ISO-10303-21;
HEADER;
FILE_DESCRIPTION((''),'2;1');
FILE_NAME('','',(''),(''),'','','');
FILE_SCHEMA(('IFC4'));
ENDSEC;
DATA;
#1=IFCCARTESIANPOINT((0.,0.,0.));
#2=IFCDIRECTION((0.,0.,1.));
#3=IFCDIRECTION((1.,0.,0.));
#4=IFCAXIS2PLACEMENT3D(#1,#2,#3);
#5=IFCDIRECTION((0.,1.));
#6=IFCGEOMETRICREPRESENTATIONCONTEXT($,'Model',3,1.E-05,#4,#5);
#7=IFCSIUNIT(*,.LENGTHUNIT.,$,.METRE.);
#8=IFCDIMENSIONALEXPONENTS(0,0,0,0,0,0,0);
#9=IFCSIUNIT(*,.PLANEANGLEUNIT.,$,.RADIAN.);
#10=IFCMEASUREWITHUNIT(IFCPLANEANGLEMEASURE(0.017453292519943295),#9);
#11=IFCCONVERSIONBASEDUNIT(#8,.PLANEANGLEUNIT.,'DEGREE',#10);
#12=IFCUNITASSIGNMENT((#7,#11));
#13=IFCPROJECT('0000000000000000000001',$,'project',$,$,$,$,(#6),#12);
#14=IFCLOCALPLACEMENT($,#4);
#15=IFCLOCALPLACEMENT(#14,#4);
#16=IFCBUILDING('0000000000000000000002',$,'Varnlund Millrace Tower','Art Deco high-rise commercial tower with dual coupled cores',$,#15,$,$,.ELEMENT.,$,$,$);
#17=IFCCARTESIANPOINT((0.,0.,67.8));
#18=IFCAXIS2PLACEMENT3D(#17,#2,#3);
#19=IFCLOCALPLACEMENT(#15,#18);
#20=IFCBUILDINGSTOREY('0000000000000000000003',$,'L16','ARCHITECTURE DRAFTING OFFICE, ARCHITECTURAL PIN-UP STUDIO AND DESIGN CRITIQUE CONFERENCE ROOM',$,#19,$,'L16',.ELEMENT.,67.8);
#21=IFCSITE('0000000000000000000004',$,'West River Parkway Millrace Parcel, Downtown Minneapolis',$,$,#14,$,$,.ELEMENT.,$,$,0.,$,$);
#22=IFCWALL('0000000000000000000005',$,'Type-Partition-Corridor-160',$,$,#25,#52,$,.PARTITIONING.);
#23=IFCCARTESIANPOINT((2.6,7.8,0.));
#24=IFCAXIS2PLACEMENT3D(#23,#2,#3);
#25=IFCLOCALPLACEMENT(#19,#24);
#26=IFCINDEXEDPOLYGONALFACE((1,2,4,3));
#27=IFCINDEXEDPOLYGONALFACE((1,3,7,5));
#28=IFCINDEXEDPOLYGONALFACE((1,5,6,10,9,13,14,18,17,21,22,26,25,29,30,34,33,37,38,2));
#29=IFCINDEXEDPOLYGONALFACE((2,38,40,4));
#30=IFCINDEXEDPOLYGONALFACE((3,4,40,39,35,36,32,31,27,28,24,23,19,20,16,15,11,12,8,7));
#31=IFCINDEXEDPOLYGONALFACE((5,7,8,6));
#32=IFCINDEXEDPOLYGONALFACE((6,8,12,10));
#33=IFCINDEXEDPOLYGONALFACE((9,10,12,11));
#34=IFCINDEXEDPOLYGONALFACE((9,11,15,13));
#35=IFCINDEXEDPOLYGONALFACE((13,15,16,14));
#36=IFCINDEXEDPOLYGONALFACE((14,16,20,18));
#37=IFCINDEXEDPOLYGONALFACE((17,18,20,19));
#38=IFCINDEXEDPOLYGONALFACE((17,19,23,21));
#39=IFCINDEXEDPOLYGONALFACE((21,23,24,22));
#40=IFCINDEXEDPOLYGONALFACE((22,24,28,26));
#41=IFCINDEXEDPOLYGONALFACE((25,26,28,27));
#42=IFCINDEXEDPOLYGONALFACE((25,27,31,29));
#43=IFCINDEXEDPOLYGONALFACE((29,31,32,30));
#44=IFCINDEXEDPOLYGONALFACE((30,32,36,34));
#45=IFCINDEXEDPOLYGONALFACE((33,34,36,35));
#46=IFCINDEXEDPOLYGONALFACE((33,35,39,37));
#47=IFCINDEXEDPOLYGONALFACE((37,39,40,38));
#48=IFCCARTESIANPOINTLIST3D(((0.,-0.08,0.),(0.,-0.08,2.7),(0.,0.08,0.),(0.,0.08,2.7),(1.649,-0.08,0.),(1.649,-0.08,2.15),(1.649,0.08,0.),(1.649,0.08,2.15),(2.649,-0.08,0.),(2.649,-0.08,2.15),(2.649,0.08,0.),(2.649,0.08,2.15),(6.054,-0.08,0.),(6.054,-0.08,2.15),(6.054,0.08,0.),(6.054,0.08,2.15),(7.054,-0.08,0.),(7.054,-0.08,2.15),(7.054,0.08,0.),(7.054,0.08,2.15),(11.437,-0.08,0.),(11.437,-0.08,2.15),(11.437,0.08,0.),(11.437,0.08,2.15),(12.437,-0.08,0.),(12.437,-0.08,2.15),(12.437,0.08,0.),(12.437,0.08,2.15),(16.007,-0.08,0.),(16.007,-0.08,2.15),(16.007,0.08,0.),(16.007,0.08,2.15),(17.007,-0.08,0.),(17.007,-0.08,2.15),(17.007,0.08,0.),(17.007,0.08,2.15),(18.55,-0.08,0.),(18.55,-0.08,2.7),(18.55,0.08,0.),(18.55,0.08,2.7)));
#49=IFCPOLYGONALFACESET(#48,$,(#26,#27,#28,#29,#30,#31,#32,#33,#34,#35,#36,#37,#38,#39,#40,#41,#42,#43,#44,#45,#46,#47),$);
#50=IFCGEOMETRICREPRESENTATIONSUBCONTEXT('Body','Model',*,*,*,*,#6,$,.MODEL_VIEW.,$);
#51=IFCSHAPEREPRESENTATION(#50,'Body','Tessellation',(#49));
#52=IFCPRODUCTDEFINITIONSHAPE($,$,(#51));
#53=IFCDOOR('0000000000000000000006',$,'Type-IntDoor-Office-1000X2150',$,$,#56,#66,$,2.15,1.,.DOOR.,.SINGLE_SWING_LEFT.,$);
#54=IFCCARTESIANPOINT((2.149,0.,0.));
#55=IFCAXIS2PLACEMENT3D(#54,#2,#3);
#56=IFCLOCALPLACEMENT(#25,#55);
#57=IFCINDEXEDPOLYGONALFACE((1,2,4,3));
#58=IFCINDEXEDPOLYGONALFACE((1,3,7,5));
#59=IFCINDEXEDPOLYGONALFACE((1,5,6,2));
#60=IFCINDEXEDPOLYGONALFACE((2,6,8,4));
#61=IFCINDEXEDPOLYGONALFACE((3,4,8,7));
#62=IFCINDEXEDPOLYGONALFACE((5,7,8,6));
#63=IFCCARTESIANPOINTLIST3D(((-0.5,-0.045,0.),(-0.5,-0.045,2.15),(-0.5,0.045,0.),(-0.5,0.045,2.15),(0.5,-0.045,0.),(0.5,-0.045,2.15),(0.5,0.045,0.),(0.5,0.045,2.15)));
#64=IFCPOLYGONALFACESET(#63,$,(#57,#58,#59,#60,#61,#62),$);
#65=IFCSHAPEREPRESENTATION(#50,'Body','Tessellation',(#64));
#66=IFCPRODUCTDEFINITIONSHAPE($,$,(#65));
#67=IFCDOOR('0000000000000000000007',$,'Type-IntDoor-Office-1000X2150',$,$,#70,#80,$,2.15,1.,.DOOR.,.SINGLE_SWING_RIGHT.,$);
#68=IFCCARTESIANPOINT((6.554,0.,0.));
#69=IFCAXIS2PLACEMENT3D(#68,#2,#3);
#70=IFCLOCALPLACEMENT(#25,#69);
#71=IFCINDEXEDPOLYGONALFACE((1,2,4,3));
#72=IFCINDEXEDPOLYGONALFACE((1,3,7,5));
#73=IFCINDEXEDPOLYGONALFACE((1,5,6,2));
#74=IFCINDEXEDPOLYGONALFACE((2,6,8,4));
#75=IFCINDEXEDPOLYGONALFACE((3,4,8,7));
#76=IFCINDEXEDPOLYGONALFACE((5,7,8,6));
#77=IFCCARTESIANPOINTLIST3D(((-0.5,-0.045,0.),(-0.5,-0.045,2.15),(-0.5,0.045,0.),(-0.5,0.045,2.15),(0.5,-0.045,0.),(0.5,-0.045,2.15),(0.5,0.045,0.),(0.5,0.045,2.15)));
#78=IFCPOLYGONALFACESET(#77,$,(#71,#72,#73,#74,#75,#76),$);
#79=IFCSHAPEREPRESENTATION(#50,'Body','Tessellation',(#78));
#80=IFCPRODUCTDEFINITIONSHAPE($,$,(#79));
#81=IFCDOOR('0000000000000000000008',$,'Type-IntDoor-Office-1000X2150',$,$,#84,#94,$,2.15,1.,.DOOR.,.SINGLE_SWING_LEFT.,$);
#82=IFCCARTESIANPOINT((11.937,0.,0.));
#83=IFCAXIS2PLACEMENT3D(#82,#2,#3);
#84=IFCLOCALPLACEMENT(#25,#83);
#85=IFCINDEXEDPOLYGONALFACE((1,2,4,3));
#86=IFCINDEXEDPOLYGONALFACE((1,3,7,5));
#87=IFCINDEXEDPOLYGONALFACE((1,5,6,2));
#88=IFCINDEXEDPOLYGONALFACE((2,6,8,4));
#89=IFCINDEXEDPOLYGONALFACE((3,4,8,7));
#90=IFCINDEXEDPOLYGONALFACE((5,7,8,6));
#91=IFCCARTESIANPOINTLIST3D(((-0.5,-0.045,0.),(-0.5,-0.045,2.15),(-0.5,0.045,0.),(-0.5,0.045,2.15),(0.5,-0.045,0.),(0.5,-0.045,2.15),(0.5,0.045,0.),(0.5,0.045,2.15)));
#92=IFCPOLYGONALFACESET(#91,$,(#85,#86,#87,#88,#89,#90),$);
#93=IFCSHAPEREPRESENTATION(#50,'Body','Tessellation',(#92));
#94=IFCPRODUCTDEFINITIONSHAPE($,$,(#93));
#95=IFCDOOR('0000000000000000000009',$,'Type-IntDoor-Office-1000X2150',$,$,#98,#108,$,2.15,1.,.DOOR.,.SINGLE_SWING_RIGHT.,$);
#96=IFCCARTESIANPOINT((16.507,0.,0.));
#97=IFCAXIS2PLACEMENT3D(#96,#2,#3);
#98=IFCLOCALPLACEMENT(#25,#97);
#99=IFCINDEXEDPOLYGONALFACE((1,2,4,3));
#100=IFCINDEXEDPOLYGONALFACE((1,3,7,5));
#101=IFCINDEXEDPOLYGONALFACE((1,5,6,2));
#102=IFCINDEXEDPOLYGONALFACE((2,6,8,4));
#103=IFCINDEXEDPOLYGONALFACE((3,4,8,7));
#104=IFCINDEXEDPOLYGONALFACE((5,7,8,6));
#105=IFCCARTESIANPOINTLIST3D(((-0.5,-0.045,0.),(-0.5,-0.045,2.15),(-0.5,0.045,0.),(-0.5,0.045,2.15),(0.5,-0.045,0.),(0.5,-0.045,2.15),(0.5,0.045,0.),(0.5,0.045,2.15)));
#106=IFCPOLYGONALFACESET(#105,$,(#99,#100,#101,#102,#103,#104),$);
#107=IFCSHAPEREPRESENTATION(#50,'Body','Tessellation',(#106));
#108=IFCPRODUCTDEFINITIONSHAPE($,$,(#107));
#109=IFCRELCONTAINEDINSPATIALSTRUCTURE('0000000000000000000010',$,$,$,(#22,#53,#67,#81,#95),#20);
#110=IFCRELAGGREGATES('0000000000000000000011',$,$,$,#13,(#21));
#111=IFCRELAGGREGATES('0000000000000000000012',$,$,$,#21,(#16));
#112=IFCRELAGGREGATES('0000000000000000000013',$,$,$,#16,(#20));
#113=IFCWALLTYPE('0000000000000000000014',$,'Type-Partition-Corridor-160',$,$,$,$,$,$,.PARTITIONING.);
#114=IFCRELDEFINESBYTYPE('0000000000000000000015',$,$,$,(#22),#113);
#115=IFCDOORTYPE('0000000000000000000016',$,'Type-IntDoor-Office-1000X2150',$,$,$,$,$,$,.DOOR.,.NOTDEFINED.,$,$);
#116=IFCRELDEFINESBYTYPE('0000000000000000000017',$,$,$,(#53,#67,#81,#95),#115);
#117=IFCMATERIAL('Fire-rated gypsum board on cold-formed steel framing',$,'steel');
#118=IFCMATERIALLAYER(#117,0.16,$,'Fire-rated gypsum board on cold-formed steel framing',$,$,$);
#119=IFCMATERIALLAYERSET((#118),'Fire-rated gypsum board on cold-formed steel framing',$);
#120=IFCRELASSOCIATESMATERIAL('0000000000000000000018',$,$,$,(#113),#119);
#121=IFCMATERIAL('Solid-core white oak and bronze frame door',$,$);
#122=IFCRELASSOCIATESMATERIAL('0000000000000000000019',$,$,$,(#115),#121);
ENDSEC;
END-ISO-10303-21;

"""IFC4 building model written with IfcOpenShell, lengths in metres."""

from ifc_helpers import new_model, entity, si_unit, converted_unit, direction, frame, origin_with_axes, origin_2d_with_axis, place, context, subcontext, project, spatial, polyline, rectangle, outline, extrude, material, layer, layer_set, type_object, element, fill, save


model = new_model("IFC4")

# Units and contexts
model_context = context("Model", 3, precision=1e-05, world=origin_with_axes(), true_north=direction((0.0, 1.0)))
body_context = subcontext(model_context, "Body", "Model", "MODEL_VIEW")
ifc_project = project(units=[si_unit("LENGTHUNIT", "METRE"), converted_unit("PLANEANGLEUNIT", "DEGREE", entity("IfcPlaneAngleMeasure", 0.017453292519943295), si_unit("PLANEANGLEUNIT", "RADIAN"), dimensions=[0, 0, 0, 0, 0, 0, 0])], contexts=[model_context])

# Site, building, storey
site_placement = place(None, origin_with_axes())
site = spatial("IfcSite", under=ifc_project, at=site_placement, Name="West River Parkway Millrace Parcel, Downtown Minneapolis", CompositionType="ELEMENT", RefElevation=0.0)
building_placement = place(site_placement, origin_with_axes())
building = spatial("IfcBuilding", under=site, at=building_placement, Name="Varnlund Millrace Tower", Description="Art Deco high-rise commercial tower with dual coupled cores", CompositionType="ELEMENT")
storey_placement = place(building_placement, frame((0.0, 0.0, 67.8), z_axis=(0.0, 0.0, 1.0), x_axis=(1.0, 0.0, 0.0)))
storey = spatial("IfcBuildingStorey", under=building, at=storey_placement, Name="L16", Description="ARCHITECTURE DRAFTING OFFICE, ARCHITECTURAL PIN-UP STUDIO AND DESIGN CRITIQUE CONFERENCE ROOM", LongName="L16", CompositionType="ELEMENT", Elevation=67.8)

# Wall, openings, doors
ifc_material_1 = material(Name="Fire-rated gypsum board on cold-formed steel framing", Category="steel")
ifc_layer_1 = layer(ifc_material_1, 0.16, Name="Fire-rated gypsum board on cold-formed steel framing")
ifc_layer_set_1 = layer_set([ifc_layer_1], Name="Fire-rated gypsum board on cold-formed steel framing")
wall_type_1 = type_object("IfcWallType", Name="Type-Partition-Corridor-160", PredefinedType="PARTITIONING", material=ifc_layer_set_1)
wall_1_placement = place(storey_placement, frame((2.6, 7.8, 0.0), z_axis=(0.0, 0.0, 1.0), x_axis=(1.0, 0.0, 0.0)))
wall_1 = element("IfcWall", 1, at=wall_1_placement, inside=storey, type_object=wall_type_1, Name="Type-Partition-Corridor-160", PredefinedType="PARTITIONING", context=body_context, shape_type="SweptSolid", body=[
    extrude(outline(polyline([(0.0, -0.08), (18.55, -0.08), (18.55, 0.08), (0.0, 0.08), (0.0, -0.08)])), origin_with_axes(), (0.0, 0.0, 1.0), 2.7),
])
opening_1_placement = place(wall_1_placement, frame((2.149, 0.0, 0.0), z_axis=(0.0, 0.0, 1.0), x_axis=(1.0, 0.0, 0.0)))
opening_1 = element("IfcOpeningElement", 2, at=opening_1_placement, cuts=wall_1, PredefinedType="OPENING", context=body_context, shape_type="SweptSolid", body=[
    extrude(rectangle(XDim=1.0, YDim=0.18, at=origin_2d_with_axis()), origin_with_axes(), (0.0, 0.0, 1.0), 2.15),
])
opening_2_placement = place(wall_1_placement, frame((6.554, 0.0, 0.0), z_axis=(0.0, 0.0, 1.0), x_axis=(1.0, 0.0, 0.0)))
opening_2 = element("IfcOpeningElement", 3, at=opening_2_placement, cuts=wall_1, PredefinedType="OPENING", context=body_context, shape_type="SweptSolid", body=[
    extrude(rectangle(XDim=1.0, YDim=0.18, at=origin_2d_with_axis()), origin_with_axes(), (0.0, 0.0, 1.0), 2.15),
])
opening_3_placement = place(wall_1_placement, frame((11.937, 0.0, 0.0), z_axis=(0.0, 0.0, 1.0), x_axis=(1.0, 0.0, 0.0)))
opening_3 = element("IfcOpeningElement", 4, at=opening_3_placement, cuts=wall_1, PredefinedType="OPENING", context=body_context, shape_type="SweptSolid", body=[
    extrude(rectangle(XDim=1.0, YDim=0.18, at=origin_2d_with_axis()), origin_with_axes(), (0.0, 0.0, 1.0), 2.15),
])
opening_4_placement = place(wall_1_placement, frame((16.507, 0.0, 0.0), z_axis=(0.0, 0.0, 1.0), x_axis=(1.0, 0.0, 0.0)))
opening_4 = element("IfcOpeningElement", 5, at=opening_4_placement, cuts=wall_1, PredefinedType="OPENING", context=body_context, shape_type="SweptSolid", body=[
    extrude(rectangle(XDim=1.0, YDim=0.18, at=origin_2d_with_axis()), origin_with_axes(), (0.0, 0.0, 1.0), 2.15),
])
ifc_material_2 = material(Name="Solid-core white oak and bronze frame door")
door_type = type_object("IfcDoorType", Name="Type-IntDoor-Office-1000X2150", OperationType="NOTDEFINED", PredefinedType="DOOR", material=ifc_material_2)
door_1_placement = place(wall_1_placement, frame((2.149, 0.0, 0.0), z_axis=(0.0, 0.0, 1.0), x_axis=(1.0, 0.0, 0.0)))
door_1 = element("IfcDoor", 6, at=door_1_placement, inside=storey, type_object=door_type, Name="Type-IntDoor-Office-1000X2150", OperationType="SINGLE_SWING_LEFT", OverallHeight=2.15, OverallWidth=1.0, PredefinedType="DOOR", context=body_context, shape_type="SweptSolid", body=[
    extrude(rectangle(XDim=1.0, YDim=0.09, at=origin_2d_with_axis()), origin_with_axes(), (0.0, 0.0, 1.0), 2.15),
])
fill(opening_1, door_1)
door_2_placement = place(wall_1_placement, frame((6.554, 0.0, 0.0), z_axis=(0.0, 0.0, 1.0), x_axis=(1.0, 0.0, 0.0)))
door_2 = element("IfcDoor", 7, at=door_2_placement, inside=storey, type_object=door_type, Name="Type-IntDoor-Office-1000X2150", OperationType="SINGLE_SWING_RIGHT", OverallHeight=2.15, OverallWidth=1.0, PredefinedType="DOOR", context=body_context, shape_type="SweptSolid", body=[
    extrude(rectangle(XDim=1.0, YDim=0.09, at=origin_2d_with_axis()), origin_with_axes(), (0.0, 0.0, 1.0), 2.15),
])
fill(opening_2, door_2)
door_3_placement = place(wall_1_placement, frame((11.937, 0.0, 0.0), z_axis=(0.0, 0.0, 1.0), x_axis=(1.0, 0.0, 0.0)))
door_3 = element("IfcDoor", 8, at=door_3_placement, inside=storey, type_object=door_type, Name="Type-IntDoor-Office-1000X2150", OperationType="SINGLE_SWING_LEFT", OverallHeight=2.15, OverallWidth=1.0, PredefinedType="DOOR", context=body_context, shape_type="SweptSolid", body=[
    extrude(rectangle(XDim=1.0, YDim=0.09, at=origin_2d_with_axis()), origin_with_axes(), (0.0, 0.0, 1.0), 2.15),
])
fill(opening_3, door_3)
door_4_placement = place(wall_1_placement, frame((16.507, 0.0, 0.0), z_axis=(0.0, 0.0, 1.0), x_axis=(1.0, 0.0, 0.0)))
door_4 = element("IfcDoor", 9, at=door_4_placement, inside=storey, type_object=door_type, Name="Type-IntDoor-Office-1000X2150", OperationType="SINGLE_SWING_RIGHT", OverallHeight=2.15, OverallWidth=1.0, PredefinedType="DOOR", context=body_context, shape_type="SweptSolid", body=[
    extrude(rectangle(XDim=1.0, YDim=0.09, at=origin_2d_with_axis()), origin_with_axes(), (0.0, 0.0, 1.0), 2.15),
])
fill(opening_4, door_4)

save(model, "model.ifc")
